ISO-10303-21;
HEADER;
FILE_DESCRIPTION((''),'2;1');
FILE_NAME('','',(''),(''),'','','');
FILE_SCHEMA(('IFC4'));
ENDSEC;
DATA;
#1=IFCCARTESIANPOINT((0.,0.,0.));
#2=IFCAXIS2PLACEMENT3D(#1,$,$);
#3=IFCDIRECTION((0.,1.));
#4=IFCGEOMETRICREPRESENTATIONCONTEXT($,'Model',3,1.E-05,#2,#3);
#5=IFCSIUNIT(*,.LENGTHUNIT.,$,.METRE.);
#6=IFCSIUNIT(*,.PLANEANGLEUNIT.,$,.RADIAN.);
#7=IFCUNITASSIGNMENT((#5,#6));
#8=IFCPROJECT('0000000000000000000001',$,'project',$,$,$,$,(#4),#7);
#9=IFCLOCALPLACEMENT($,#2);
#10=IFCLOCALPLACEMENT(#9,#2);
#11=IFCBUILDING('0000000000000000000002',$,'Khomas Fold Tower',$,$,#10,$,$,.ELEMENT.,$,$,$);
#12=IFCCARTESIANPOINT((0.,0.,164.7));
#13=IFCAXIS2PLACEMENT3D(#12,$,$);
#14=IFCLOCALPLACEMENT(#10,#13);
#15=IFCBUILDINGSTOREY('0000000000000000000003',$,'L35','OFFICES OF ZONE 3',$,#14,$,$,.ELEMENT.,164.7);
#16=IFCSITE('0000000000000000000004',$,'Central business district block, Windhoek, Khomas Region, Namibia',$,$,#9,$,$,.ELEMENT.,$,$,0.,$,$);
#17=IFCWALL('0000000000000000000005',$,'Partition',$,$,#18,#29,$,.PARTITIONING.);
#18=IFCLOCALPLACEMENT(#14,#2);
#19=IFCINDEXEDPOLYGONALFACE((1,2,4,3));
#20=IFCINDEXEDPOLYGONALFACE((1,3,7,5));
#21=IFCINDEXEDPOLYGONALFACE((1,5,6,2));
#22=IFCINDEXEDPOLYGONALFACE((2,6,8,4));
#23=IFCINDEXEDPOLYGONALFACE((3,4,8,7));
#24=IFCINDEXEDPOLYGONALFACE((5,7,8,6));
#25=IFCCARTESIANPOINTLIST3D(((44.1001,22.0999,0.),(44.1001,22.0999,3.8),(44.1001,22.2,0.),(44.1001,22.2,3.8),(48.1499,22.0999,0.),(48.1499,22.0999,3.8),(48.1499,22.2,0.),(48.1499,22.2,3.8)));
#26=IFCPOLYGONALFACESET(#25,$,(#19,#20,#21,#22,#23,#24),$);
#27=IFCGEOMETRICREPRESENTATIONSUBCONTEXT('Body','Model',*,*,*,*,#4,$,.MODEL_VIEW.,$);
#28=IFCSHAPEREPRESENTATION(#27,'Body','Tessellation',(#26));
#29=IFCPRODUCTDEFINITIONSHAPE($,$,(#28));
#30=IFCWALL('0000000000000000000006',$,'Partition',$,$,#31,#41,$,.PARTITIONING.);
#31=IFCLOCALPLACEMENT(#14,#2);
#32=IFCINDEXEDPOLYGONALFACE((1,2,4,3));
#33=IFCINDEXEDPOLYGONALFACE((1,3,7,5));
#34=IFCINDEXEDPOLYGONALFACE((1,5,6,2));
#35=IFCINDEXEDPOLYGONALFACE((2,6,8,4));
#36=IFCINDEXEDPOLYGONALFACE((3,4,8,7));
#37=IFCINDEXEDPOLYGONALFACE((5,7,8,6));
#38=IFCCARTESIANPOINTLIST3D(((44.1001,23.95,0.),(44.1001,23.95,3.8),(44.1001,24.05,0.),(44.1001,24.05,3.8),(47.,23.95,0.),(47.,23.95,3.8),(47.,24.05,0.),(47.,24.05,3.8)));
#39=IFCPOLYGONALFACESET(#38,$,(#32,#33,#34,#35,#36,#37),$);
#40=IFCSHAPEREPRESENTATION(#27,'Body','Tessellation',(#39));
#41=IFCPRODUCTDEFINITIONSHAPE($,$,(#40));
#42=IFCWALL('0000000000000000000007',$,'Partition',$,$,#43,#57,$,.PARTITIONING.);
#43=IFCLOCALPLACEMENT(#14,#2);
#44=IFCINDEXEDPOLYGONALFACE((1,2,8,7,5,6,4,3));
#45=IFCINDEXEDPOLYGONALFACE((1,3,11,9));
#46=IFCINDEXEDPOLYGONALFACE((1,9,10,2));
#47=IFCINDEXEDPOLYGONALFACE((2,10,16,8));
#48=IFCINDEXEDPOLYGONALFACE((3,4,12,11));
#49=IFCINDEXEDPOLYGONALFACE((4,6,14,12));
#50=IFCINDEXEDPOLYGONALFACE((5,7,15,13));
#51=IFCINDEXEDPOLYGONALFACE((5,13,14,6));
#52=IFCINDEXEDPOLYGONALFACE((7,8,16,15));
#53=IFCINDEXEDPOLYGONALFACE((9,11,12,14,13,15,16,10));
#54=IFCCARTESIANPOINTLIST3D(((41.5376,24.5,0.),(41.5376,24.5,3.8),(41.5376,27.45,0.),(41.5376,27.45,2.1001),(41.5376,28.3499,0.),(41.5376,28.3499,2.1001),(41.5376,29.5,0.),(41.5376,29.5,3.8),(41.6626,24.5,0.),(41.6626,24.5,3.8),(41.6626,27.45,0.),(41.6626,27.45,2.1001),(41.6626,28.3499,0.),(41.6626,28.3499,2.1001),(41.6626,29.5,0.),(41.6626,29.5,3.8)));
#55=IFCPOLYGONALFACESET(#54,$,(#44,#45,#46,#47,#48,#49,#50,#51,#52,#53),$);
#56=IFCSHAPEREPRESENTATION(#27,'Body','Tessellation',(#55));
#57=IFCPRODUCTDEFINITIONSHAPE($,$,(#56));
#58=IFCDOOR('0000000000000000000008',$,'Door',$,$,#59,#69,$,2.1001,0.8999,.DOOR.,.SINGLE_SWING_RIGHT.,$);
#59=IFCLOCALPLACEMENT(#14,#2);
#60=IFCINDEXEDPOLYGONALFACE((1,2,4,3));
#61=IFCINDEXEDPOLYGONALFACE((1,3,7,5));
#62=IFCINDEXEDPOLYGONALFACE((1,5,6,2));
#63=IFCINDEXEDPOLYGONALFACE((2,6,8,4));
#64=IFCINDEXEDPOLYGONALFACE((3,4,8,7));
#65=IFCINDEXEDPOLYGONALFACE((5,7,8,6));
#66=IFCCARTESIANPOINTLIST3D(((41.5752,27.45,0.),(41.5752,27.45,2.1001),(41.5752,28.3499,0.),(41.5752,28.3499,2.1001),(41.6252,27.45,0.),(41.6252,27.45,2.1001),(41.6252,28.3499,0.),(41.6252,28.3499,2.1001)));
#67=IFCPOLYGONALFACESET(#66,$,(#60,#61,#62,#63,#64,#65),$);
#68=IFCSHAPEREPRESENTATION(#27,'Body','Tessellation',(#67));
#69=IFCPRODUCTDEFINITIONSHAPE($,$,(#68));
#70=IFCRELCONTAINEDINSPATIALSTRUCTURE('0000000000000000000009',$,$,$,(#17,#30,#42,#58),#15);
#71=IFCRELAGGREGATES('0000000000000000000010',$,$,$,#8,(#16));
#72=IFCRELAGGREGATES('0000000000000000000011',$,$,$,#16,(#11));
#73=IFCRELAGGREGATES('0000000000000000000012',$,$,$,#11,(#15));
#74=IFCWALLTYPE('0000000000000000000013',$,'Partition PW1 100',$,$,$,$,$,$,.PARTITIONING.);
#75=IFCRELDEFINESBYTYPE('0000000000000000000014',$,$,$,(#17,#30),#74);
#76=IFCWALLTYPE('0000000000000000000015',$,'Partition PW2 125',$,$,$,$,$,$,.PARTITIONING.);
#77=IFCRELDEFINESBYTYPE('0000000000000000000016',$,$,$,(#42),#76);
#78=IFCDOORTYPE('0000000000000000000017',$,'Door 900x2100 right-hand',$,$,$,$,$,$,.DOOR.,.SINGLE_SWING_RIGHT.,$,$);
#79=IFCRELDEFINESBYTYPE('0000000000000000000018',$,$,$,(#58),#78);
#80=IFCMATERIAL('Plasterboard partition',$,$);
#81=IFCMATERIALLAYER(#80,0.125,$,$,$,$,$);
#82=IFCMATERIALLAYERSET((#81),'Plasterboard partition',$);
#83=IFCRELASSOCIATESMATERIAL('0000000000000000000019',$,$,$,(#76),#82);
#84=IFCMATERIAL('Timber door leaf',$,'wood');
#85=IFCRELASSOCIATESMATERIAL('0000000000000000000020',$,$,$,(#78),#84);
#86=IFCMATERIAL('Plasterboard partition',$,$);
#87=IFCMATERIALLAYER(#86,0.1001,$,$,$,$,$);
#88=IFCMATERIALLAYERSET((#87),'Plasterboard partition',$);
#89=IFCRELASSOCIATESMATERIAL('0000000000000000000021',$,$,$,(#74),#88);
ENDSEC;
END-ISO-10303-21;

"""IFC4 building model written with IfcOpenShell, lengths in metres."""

from ifc_helpers import new_model, si_unit, direction, frame, frame_2d, origin, place, context, subcontext, project, spatial, rectangle, extrude, source, transform, mapped, material, layer, layer_set, type_object, element, fill, save


model = new_model("IFC4")

# Units and contexts
model_context = context("Model", 3, precision=1e-05, world=origin(), true_north=direction((0.0, 1.0)))
body_context = subcontext(model_context, "Body", "Model", "MODEL_VIEW")
ifc_project = project(units=[si_unit("LENGTHUNIT", "METRE"), si_unit("PLANEANGLEUNIT", "RADIAN")], contexts=[model_context])

# Site, building, storey
site_placement = place(None, origin())
site = spatial("IfcSite", under=ifc_project, at=site_placement, Name="Central business district block, Windhoek, Khomas Region, Namibia", CompositionType="ELEMENT", RefElevation=0.0)
building_placement = place(site_placement, origin())
building = spatial("IfcBuilding", under=site, at=building_placement, Name="Khomas Fold Tower", CompositionType="ELEMENT")
storey_placement = place(building_placement, frame((0.0, 0.0, 164.7)))
storey = spatial("IfcBuildingStorey", under=building, at=storey_placement, Name="L35", Description="OFFICES OF ZONE 3", CompositionType="ELEMENT", Elevation=164.7)

# Shared definitions
ifc_material_1 = material(Name="Plasterboard partition")
ifc_layer_1 = layer(ifc_material_1, 0.125)
ifc_layer_set_1 = layer_set([ifc_layer_1], Name="Plasterboard partition")
wall_type_1 = type_object("IfcWallType", Name="Partition PW2 125", PredefinedType="PARTITIONING", material=ifc_layer_set_1)

# Shared definitions
shared_shape_1 = source(origin(), body_context, "Body", "SweptSolid", [
    extrude(rectangle(XDim=0.8999, YDim=2.1001, at=frame_2d((0.45, 1.05))), frame((0.0, 0.0725, 0.0), z_axis=(0.0, -1.0, 0.0), x_axis=(1.0, 0.0, 0.0)), (0.0, 0.0, 1.0), 0.145),
])
shared_shape_2 = source(origin(), body_context, "Body", "SweptSolid", [
    extrude(rectangle(XDim=0.8999, YDim=2.1001, at=frame_2d((0.45, 1.05))), frame((0.0, 0.0249, 0.0), z_axis=(0.0, -1.0, 0.0), x_axis=(1.0, 0.0, 0.0)), (0.0, 0.0, 1.0), 0.05),
])
ifc_material_2 = material(Name="Timber door leaf", Category="wood")
door_type_1 = type_object("IfcDoorType", Name="Door 900x2100 right-hand", OperationType="SINGLE_SWING_RIGHT", PredefinedType="DOOR", material=ifc_material_2)

# Walls
ifc_material_3 = material(Name="Plasterboard partition")
ifc_layer_2 = layer(ifc_material_3, 0.1001)
ifc_layer_set_2 = layer_set([ifc_layer_2], Name="Plasterboard partition")
wall_type_2 = type_object("IfcWallType", Name="Partition PW1 100", PredefinedType="PARTITIONING", material=ifc_layer_set_2)
shared_shape_3 = source(origin(), body_context, "Body", "SweptSolid", [
    extrude(rectangle(XDim=4.0498, YDim=0.1001, at=frame_2d((2.0249, 0.0))), origin(), (0.0, 0.0, 1.0), 3.8),
])
wall_1_placement = place(storey_placement, frame((44.1001, 22.1499, 0.0), z_axis=(0.0, 0.0, 1.0), x_axis=(1.0, 0.0, 0.0)))
element("IfcWall", 1, at=wall_1_placement, inside=storey, type_object=wall_type_2, Name="Partition", PredefinedType="PARTITIONING", context=body_context, shape_type="MappedRepresentation", body=[
    mapped(shared_shape_3, transform((0.0, 0.0, 0.0))),
])
shared_shape_4 = source(origin(), body_context, "Body", "SweptSolid", [
    extrude(rectangle(XDim=2.8999, YDim=0.1001, at=frame_2d((1.45, 0.0))), origin(), (0.0, 0.0, 1.0), 3.8),
])
wall_2_placement = place(storey_placement, frame((44.1001, 24.0, 0.0), z_axis=(0.0, 0.0, 1.0), x_axis=(1.0, 0.0, 0.0)))
element("IfcWall", 2, at=wall_2_placement, inside=storey, type_object=wall_type_2, Name="Partition", PredefinedType="PARTITIONING", context=body_context, shape_type="MappedRepresentation", body=[
    mapped(shared_shape_4, transform((0.0, 0.0, 0.0))),
])

# Wall, opening, door
shared_shape_5 = source(origin(), body_context, "Body", "SweptSolid", [
    extrude(rectangle(XDim=5.0, YDim=0.125, at=frame_2d((2.5, 0.0))), origin(), (0.0, 0.0, 1.0), 3.8),
])
wall_3_placement = place(storey_placement, frame((41.6001, 24.5, 0.0), z_axis=(0.0, 0.0, 1.0), x_axis=(0.0, 1.0, 0.0)))
wall_3 = element("IfcWall", 3, at=wall_3_placement, inside=storey, type_object=wall_type_1, Name="Partition", PredefinedType="PARTITIONING", context=body_context, shape_type="MappedRepresentation", body=[
    mapped(shared_shape_5, transform((0.0, 0.0, 0.0))),
])
opening_1_placement = place(wall_3_placement, frame((2.95, 0.0, 0.0)))
opening_1 = element("IfcOpeningElement", 4, at=opening_1_placement, cuts=wall_3, PredefinedType="OPENING", context=body_context, shape_type="MappedRepresentation", body=[
    mapped(shared_shape_1, transform((0.0, 0.0, 0.0))),
])
door_1_placement = place(opening_1_placement, origin())
door_1 = element("IfcDoor", 5, at=door_1_placement, inside=storey, type_object=door_type_1, Name="Door", OperationType="SINGLE_SWING_RIGHT", OverallHeight=2.1001, OverallWidth=0.8999, PredefinedType="DOOR", context=body_context, shape_type="MappedRepresentation", body=[
    mapped(shared_shape_2, transform((0.0, 0.0, 0.0))),
])
fill(opening_1, door_1)

save(model, "model.ifc")
